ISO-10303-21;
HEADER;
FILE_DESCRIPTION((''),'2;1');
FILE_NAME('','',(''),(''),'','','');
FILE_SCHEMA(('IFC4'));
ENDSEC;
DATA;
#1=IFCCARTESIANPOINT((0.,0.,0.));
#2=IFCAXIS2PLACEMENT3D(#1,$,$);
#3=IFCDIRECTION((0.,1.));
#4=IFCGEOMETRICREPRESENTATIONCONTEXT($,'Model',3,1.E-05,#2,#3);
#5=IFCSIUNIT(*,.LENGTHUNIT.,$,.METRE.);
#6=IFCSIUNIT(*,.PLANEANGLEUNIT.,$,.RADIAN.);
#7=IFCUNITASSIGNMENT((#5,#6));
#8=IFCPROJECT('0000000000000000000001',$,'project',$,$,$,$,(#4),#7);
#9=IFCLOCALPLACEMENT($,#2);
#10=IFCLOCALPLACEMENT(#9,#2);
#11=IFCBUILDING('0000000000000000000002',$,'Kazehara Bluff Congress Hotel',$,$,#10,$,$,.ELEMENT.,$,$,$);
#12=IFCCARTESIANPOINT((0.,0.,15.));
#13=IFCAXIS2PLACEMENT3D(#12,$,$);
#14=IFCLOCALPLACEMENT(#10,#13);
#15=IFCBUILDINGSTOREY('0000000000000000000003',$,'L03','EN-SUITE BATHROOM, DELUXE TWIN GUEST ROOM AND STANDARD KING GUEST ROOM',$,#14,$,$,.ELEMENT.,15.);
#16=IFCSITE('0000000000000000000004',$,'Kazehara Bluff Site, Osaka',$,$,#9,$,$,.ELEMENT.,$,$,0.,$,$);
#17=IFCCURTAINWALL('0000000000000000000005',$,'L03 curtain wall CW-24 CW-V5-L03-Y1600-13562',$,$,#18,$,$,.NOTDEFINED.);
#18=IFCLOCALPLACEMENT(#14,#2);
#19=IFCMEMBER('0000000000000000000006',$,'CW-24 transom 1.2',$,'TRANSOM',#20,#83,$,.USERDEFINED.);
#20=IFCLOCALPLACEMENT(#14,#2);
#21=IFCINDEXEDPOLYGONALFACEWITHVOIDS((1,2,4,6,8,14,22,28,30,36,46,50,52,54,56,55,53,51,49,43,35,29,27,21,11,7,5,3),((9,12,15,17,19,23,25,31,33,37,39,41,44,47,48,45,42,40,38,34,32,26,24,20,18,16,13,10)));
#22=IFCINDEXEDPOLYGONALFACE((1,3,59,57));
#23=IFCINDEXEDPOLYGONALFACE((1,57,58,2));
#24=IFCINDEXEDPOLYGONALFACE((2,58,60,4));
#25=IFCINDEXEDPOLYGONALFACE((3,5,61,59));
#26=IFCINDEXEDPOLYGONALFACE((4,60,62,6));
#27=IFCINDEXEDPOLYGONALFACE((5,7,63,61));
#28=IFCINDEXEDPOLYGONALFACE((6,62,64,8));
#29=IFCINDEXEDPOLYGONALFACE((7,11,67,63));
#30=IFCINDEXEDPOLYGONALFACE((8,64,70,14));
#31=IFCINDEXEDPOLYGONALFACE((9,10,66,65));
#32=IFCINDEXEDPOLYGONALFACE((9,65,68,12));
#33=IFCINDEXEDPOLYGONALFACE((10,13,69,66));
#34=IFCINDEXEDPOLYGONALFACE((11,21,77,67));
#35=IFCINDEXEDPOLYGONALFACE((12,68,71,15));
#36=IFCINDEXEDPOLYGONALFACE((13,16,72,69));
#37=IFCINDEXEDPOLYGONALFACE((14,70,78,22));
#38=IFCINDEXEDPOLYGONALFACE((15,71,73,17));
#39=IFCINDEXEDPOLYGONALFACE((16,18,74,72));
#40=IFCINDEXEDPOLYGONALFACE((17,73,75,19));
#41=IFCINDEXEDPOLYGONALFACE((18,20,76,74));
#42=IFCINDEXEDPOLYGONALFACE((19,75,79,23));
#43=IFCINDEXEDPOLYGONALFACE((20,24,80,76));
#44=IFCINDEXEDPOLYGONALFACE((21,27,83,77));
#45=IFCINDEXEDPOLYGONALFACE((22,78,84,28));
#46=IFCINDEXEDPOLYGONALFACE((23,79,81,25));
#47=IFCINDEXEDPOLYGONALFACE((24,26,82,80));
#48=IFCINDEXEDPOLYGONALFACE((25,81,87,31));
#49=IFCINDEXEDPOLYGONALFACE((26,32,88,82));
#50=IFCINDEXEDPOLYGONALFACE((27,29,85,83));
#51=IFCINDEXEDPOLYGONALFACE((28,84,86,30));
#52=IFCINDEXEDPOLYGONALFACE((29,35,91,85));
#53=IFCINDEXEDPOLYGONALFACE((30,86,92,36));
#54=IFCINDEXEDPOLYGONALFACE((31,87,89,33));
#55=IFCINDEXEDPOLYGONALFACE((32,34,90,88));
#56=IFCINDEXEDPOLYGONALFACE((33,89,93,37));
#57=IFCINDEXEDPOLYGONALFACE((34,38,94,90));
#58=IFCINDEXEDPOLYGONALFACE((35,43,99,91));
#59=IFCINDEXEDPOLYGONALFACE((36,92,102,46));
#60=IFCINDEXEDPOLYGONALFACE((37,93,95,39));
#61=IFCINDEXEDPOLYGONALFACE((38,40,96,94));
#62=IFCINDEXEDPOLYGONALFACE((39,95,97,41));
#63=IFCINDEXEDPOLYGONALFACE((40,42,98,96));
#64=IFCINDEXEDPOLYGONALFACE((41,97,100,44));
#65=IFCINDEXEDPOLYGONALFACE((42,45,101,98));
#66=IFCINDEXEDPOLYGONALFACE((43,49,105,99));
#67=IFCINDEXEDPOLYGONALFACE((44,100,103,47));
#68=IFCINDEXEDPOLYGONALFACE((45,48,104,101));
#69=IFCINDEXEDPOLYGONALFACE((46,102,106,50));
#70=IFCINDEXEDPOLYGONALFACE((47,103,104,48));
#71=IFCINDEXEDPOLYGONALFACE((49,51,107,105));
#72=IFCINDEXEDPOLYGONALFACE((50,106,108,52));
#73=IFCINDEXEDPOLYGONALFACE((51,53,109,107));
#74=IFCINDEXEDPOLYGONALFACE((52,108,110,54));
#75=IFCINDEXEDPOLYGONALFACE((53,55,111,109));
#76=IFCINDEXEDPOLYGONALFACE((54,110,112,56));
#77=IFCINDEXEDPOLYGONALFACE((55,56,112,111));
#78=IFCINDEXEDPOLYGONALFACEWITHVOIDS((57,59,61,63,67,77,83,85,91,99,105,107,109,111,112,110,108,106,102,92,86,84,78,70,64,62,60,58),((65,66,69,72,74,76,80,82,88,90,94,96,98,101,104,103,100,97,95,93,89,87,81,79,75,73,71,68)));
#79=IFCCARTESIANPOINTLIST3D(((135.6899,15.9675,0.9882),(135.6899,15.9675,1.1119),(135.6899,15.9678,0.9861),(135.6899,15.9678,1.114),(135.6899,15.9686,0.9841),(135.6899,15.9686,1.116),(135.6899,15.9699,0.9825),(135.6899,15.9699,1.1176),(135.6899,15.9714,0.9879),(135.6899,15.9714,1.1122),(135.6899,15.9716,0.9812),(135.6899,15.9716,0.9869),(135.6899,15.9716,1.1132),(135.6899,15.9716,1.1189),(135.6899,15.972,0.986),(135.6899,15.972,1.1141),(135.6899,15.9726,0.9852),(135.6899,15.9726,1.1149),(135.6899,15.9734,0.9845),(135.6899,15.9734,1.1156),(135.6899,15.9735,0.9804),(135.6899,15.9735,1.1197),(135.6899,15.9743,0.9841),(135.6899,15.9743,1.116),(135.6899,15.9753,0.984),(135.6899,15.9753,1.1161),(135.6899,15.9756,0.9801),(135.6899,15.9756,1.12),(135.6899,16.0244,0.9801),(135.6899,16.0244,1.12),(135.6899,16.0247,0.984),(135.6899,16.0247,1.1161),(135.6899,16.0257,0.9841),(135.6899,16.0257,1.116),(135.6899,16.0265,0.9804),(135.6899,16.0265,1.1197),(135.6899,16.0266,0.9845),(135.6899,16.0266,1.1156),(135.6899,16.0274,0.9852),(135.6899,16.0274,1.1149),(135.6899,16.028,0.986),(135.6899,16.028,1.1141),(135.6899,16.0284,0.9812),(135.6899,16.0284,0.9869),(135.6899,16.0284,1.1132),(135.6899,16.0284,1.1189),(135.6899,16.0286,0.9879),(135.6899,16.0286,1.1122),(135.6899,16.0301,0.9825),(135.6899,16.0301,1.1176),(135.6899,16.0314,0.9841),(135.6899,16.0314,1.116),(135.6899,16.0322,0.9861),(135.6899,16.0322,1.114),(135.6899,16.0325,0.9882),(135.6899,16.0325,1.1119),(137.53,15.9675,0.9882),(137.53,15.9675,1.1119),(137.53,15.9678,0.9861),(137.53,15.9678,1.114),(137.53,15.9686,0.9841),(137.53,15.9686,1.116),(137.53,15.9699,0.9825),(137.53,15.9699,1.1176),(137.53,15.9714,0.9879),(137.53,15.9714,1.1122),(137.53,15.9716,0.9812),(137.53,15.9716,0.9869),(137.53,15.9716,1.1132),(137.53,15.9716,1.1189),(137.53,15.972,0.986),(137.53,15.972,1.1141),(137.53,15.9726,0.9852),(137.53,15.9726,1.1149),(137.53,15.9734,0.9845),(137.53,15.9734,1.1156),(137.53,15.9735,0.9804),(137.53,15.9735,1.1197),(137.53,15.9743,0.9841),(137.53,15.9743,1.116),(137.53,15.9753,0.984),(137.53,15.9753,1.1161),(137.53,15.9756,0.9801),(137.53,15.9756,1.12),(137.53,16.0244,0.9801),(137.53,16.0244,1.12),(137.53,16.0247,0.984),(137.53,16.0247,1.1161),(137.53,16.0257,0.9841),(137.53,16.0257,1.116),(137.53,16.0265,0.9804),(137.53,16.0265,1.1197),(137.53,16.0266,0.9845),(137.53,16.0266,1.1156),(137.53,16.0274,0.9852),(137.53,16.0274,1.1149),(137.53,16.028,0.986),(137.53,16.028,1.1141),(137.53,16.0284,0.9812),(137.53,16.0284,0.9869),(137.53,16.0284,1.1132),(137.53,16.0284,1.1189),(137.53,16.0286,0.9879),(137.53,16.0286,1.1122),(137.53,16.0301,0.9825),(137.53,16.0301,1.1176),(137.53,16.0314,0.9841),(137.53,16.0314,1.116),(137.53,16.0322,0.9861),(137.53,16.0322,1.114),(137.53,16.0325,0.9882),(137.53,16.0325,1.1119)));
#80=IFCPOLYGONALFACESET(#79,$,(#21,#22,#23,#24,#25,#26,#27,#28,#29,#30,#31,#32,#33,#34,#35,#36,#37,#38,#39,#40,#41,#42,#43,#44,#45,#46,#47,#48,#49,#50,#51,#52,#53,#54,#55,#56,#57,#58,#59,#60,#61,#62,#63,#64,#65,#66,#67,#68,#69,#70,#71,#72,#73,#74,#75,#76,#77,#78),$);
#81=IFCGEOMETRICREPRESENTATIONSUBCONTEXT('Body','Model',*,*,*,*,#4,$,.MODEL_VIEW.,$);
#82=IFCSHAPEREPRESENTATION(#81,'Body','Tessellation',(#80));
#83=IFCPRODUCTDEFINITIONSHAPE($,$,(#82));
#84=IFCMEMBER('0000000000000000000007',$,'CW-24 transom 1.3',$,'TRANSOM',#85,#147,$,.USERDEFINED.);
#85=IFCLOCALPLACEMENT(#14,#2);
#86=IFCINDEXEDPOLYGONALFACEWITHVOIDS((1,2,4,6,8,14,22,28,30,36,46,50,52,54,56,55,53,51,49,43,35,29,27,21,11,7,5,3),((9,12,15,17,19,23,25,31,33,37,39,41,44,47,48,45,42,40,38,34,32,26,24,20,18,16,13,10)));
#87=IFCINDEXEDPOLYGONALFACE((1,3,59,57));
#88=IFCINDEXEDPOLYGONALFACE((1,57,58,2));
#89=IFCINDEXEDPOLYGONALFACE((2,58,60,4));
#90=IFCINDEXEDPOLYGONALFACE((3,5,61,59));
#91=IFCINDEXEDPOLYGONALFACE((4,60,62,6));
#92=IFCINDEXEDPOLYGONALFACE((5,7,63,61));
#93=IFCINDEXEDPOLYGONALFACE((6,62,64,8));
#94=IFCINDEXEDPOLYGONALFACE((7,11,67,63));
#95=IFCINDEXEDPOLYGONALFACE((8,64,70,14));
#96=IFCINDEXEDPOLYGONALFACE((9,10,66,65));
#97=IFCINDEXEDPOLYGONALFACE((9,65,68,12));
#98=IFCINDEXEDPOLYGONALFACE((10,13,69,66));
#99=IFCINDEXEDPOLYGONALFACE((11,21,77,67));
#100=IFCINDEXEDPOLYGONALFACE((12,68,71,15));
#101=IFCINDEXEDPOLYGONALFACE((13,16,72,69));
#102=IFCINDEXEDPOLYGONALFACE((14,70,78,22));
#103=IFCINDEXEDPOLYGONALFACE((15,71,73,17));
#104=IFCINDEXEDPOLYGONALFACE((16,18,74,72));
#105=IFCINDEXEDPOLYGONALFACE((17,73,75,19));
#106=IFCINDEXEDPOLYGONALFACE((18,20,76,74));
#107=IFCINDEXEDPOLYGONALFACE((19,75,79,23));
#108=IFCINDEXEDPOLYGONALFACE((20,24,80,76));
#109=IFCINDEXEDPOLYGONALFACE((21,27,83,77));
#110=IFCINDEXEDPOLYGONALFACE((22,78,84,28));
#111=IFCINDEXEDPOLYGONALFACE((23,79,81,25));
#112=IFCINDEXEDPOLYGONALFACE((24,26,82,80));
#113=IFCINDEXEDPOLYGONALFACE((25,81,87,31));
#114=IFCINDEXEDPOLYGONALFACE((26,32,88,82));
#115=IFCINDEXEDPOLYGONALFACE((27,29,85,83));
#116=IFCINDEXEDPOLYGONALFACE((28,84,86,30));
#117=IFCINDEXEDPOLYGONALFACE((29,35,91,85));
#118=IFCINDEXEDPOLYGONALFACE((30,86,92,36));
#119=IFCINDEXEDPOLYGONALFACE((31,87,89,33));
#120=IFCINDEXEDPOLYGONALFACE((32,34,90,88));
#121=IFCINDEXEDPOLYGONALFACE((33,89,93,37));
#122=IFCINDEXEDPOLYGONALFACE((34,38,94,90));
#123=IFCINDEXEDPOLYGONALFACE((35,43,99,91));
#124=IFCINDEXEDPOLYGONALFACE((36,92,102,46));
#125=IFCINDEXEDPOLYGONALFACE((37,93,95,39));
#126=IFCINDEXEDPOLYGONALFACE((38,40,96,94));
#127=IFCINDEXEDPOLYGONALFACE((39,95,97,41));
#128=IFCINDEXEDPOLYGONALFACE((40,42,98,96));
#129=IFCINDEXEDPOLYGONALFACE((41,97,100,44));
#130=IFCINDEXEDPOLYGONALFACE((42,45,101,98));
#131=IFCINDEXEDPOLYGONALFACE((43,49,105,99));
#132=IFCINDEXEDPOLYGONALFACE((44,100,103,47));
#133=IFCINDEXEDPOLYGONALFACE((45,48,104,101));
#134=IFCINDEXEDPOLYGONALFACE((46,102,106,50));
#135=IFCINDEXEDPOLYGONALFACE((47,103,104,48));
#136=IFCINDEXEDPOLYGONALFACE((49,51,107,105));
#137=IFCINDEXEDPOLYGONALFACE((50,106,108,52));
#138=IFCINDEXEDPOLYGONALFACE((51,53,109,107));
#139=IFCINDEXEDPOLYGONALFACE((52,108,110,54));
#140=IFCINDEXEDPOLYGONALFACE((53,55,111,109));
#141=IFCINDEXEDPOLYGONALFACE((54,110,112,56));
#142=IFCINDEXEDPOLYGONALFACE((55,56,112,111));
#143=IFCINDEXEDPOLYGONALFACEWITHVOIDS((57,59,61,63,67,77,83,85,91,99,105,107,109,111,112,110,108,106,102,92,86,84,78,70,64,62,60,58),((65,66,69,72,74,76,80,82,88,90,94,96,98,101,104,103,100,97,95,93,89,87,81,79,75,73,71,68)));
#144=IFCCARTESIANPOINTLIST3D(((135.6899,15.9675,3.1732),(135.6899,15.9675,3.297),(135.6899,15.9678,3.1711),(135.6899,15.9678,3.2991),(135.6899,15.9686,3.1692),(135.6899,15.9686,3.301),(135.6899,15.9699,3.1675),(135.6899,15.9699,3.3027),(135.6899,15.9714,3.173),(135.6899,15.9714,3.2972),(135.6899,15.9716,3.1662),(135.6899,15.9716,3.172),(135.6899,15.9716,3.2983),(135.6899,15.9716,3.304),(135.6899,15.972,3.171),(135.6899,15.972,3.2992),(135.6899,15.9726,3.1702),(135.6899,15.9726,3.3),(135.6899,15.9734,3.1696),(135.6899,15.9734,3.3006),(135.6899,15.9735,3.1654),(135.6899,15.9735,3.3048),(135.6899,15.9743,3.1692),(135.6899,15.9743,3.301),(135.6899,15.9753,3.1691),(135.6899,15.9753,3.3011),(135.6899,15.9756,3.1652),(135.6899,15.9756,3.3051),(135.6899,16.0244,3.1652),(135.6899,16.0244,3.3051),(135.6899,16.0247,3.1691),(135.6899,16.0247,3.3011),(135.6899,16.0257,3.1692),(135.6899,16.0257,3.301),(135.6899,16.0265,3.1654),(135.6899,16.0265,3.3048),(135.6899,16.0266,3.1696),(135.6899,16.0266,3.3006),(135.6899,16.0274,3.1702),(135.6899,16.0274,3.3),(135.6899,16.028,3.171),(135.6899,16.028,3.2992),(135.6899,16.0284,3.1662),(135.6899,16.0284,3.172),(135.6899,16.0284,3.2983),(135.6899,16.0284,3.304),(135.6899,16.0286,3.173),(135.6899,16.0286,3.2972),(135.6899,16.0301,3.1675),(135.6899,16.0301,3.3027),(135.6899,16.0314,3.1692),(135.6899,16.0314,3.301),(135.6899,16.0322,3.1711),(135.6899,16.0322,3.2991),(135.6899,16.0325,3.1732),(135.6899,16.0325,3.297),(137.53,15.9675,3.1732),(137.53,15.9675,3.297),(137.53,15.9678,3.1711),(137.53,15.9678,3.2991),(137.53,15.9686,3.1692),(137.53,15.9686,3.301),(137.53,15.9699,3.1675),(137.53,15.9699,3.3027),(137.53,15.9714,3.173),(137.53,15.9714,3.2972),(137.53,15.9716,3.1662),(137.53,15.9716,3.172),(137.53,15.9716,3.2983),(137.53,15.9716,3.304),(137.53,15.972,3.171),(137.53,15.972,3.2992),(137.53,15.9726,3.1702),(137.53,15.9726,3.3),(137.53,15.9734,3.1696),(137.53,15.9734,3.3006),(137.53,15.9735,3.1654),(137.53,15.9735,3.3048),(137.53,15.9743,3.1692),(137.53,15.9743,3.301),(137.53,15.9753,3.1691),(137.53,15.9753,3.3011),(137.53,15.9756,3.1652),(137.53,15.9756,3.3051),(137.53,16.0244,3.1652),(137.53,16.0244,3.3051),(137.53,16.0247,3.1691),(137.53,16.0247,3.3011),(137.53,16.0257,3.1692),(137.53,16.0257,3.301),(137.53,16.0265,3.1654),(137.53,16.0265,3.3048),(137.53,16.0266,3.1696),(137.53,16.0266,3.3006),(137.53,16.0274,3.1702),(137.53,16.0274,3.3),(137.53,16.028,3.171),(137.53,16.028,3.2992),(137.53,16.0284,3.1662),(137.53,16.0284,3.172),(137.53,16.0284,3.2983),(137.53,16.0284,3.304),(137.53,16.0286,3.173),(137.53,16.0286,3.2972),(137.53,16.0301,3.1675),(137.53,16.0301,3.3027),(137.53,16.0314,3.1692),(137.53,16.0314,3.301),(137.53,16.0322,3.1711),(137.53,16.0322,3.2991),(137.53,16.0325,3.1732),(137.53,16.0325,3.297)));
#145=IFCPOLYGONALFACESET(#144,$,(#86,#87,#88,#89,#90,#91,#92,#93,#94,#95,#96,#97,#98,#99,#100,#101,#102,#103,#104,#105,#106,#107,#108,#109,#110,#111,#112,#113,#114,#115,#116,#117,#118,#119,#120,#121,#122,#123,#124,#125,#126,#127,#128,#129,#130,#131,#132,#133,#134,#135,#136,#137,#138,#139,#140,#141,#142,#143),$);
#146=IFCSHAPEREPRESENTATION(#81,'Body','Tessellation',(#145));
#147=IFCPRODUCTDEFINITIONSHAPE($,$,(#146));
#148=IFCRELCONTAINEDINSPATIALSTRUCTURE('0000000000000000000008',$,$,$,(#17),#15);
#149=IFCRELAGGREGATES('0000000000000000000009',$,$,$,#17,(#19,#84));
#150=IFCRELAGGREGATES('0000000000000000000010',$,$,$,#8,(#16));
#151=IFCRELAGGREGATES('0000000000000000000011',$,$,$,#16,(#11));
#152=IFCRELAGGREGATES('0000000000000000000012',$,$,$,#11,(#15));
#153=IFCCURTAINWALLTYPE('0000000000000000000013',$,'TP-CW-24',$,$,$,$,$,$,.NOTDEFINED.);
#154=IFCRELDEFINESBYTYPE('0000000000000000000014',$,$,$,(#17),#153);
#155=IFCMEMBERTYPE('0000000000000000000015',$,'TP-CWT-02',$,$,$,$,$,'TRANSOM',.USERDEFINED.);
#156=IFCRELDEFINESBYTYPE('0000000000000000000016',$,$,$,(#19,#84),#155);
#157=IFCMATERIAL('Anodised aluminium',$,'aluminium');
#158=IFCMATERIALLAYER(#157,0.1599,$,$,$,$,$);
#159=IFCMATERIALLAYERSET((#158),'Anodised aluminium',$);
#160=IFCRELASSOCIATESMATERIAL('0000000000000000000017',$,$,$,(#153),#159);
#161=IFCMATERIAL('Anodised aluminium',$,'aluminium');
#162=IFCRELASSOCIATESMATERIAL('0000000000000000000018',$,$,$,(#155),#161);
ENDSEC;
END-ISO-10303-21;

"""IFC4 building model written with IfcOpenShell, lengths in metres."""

from ifc_helpers import new_model, si_unit, direction, frame, origin, origin_2d, place, context, subcontext, project, spatial, hollow_rectangle, extrude, material, layer, layer_set, material_profile, profile_set, type_object, element, aggregate, save


model = new_model("IFC4")

# Units and contexts
model_context = context("Model", 3, precision=1e-05, world=origin(), true_north=direction((0.0, 1.0)))
body_context = subcontext(model_context, "Body", "Model", "MODEL_VIEW")
ifc_project = project(units=[si_unit("LENGTHUNIT", "METRE"), si_unit("PLANEANGLEUNIT", "RADIAN")], contexts=[model_context])

# Site, building, storey
site_placement = place(None, origin())
site = spatial("IfcSite", under=ifc_project, at=site_placement, Name="Kazehara Bluff Site, Osaka", CompositionType="ELEMENT", RefElevation=0.0)
building_placement = place(site_placement, origin())
building = spatial("IfcBuilding", under=site, at=building_placement, Name="Kazehara Bluff Congress Hotel", CompositionType="ELEMENT")
storey_placement = place(building_placement, frame((0.0, 0.0, 15.0)))
storey = spatial("IfcBuildingStorey", under=building, at=storey_placement, Name="L03", Description="EN-SUITE BATHROOM, DELUXE TWIN GUEST ROOM AND STANDARD KING GUEST ROOM", CompositionType="ELEMENT", Elevation=15.0)

# Shared definitions
ifc_material_1 = material(Name="Anodised aluminium", Category="aluminium")
ifc_layer_1 = layer(ifc_material_1, 0.1599)
ifc_layer_set_1 = layer_set([ifc_layer_1], Name="Anodised aluminium")
curtain_wall_type = type_object("IfcCurtainWallType", Name="TP-CW-24", PredefinedType="NOTDEFINED", material=ifc_layer_set_1)

# Curtain wall
curtain_wall_1_placement = place(storey_placement, origin())
curtain_wall_1 = element("IfcCurtainWall", 1, at=curtain_wall_1_placement, inside=storey, type_object=curtain_wall_type, Name="L03 curtain wall CW-24 CW-V5-L03-Y1600-13562", PredefinedType="NOTDEFINED")

# Members
ifc_material_2 = material(Name="Anodised aluminium", Category="aluminium")
ifc_material_profile_1 = material_profile(ifc_material_2, hollow_rectangle(XDim=0.0649, YDim=0.1399, WallThickness=0.0039, InnerFilletRadius=0.0039, OuterFilletRadius=0.0081, at=origin_2d()))
ifc_profile_set_1 = profile_set([ifc_material_profile_1], Name="Anodised aluminium")
member_type_1 = type_object("IfcMemberType", Name="TP-CWT-02", ElementType="TRANSOM", PredefinedType="USERDEFINED", material=ifc_profile_set_1)
member_1_placement = place(storey_placement, frame((135.6899, 16.0, 1.05), z_axis=(1.0, 0.0, 0.0), x_axis=(0.0, 1.0, 0.0)))
member_1 = element("IfcMember", 2, at=member_1_placement, type_object=member_type_1, Name="CW-24 transom 1.2", ObjectType="TRANSOM", PredefinedType="USERDEFINED", context=body_context, shape_type="SweptSolid", body=[
    extrude(hollow_rectangle(XDim=0.0649, YDim=0.1399, WallThickness=0.0039, InnerFilletRadius=0.0039, OuterFilletRadius=0.0081, at=origin_2d()), origin(), (0.0, 0.0, 1.0), 1.8401),
])
member_2_placement = place(storey_placement, frame((135.6899, 16.0, 3.2351), z_axis=(1.0, 0.0, 0.0), x_axis=(0.0, 1.0, 0.0)))
member_2 = element("IfcMember", 3, at=member_2_placement, type_object=member_type_1, Name="CW-24 transom 1.3", ObjectType="TRANSOM", PredefinedType="USERDEFINED", context=body_context, shape_type="SweptSolid", body=[
    extrude(hollow_rectangle(XDim=0.0649, YDim=0.1399, WallThickness=0.0039, InnerFilletRadius=0.0039, OuterFilletRadius=0.0081, at=origin_2d()), origin(), (0.0, 0.0, 1.0), 1.8401),
])

aggregate(curtain_wall_1, [member_1, member_2])

save(model, "model.ifc")
